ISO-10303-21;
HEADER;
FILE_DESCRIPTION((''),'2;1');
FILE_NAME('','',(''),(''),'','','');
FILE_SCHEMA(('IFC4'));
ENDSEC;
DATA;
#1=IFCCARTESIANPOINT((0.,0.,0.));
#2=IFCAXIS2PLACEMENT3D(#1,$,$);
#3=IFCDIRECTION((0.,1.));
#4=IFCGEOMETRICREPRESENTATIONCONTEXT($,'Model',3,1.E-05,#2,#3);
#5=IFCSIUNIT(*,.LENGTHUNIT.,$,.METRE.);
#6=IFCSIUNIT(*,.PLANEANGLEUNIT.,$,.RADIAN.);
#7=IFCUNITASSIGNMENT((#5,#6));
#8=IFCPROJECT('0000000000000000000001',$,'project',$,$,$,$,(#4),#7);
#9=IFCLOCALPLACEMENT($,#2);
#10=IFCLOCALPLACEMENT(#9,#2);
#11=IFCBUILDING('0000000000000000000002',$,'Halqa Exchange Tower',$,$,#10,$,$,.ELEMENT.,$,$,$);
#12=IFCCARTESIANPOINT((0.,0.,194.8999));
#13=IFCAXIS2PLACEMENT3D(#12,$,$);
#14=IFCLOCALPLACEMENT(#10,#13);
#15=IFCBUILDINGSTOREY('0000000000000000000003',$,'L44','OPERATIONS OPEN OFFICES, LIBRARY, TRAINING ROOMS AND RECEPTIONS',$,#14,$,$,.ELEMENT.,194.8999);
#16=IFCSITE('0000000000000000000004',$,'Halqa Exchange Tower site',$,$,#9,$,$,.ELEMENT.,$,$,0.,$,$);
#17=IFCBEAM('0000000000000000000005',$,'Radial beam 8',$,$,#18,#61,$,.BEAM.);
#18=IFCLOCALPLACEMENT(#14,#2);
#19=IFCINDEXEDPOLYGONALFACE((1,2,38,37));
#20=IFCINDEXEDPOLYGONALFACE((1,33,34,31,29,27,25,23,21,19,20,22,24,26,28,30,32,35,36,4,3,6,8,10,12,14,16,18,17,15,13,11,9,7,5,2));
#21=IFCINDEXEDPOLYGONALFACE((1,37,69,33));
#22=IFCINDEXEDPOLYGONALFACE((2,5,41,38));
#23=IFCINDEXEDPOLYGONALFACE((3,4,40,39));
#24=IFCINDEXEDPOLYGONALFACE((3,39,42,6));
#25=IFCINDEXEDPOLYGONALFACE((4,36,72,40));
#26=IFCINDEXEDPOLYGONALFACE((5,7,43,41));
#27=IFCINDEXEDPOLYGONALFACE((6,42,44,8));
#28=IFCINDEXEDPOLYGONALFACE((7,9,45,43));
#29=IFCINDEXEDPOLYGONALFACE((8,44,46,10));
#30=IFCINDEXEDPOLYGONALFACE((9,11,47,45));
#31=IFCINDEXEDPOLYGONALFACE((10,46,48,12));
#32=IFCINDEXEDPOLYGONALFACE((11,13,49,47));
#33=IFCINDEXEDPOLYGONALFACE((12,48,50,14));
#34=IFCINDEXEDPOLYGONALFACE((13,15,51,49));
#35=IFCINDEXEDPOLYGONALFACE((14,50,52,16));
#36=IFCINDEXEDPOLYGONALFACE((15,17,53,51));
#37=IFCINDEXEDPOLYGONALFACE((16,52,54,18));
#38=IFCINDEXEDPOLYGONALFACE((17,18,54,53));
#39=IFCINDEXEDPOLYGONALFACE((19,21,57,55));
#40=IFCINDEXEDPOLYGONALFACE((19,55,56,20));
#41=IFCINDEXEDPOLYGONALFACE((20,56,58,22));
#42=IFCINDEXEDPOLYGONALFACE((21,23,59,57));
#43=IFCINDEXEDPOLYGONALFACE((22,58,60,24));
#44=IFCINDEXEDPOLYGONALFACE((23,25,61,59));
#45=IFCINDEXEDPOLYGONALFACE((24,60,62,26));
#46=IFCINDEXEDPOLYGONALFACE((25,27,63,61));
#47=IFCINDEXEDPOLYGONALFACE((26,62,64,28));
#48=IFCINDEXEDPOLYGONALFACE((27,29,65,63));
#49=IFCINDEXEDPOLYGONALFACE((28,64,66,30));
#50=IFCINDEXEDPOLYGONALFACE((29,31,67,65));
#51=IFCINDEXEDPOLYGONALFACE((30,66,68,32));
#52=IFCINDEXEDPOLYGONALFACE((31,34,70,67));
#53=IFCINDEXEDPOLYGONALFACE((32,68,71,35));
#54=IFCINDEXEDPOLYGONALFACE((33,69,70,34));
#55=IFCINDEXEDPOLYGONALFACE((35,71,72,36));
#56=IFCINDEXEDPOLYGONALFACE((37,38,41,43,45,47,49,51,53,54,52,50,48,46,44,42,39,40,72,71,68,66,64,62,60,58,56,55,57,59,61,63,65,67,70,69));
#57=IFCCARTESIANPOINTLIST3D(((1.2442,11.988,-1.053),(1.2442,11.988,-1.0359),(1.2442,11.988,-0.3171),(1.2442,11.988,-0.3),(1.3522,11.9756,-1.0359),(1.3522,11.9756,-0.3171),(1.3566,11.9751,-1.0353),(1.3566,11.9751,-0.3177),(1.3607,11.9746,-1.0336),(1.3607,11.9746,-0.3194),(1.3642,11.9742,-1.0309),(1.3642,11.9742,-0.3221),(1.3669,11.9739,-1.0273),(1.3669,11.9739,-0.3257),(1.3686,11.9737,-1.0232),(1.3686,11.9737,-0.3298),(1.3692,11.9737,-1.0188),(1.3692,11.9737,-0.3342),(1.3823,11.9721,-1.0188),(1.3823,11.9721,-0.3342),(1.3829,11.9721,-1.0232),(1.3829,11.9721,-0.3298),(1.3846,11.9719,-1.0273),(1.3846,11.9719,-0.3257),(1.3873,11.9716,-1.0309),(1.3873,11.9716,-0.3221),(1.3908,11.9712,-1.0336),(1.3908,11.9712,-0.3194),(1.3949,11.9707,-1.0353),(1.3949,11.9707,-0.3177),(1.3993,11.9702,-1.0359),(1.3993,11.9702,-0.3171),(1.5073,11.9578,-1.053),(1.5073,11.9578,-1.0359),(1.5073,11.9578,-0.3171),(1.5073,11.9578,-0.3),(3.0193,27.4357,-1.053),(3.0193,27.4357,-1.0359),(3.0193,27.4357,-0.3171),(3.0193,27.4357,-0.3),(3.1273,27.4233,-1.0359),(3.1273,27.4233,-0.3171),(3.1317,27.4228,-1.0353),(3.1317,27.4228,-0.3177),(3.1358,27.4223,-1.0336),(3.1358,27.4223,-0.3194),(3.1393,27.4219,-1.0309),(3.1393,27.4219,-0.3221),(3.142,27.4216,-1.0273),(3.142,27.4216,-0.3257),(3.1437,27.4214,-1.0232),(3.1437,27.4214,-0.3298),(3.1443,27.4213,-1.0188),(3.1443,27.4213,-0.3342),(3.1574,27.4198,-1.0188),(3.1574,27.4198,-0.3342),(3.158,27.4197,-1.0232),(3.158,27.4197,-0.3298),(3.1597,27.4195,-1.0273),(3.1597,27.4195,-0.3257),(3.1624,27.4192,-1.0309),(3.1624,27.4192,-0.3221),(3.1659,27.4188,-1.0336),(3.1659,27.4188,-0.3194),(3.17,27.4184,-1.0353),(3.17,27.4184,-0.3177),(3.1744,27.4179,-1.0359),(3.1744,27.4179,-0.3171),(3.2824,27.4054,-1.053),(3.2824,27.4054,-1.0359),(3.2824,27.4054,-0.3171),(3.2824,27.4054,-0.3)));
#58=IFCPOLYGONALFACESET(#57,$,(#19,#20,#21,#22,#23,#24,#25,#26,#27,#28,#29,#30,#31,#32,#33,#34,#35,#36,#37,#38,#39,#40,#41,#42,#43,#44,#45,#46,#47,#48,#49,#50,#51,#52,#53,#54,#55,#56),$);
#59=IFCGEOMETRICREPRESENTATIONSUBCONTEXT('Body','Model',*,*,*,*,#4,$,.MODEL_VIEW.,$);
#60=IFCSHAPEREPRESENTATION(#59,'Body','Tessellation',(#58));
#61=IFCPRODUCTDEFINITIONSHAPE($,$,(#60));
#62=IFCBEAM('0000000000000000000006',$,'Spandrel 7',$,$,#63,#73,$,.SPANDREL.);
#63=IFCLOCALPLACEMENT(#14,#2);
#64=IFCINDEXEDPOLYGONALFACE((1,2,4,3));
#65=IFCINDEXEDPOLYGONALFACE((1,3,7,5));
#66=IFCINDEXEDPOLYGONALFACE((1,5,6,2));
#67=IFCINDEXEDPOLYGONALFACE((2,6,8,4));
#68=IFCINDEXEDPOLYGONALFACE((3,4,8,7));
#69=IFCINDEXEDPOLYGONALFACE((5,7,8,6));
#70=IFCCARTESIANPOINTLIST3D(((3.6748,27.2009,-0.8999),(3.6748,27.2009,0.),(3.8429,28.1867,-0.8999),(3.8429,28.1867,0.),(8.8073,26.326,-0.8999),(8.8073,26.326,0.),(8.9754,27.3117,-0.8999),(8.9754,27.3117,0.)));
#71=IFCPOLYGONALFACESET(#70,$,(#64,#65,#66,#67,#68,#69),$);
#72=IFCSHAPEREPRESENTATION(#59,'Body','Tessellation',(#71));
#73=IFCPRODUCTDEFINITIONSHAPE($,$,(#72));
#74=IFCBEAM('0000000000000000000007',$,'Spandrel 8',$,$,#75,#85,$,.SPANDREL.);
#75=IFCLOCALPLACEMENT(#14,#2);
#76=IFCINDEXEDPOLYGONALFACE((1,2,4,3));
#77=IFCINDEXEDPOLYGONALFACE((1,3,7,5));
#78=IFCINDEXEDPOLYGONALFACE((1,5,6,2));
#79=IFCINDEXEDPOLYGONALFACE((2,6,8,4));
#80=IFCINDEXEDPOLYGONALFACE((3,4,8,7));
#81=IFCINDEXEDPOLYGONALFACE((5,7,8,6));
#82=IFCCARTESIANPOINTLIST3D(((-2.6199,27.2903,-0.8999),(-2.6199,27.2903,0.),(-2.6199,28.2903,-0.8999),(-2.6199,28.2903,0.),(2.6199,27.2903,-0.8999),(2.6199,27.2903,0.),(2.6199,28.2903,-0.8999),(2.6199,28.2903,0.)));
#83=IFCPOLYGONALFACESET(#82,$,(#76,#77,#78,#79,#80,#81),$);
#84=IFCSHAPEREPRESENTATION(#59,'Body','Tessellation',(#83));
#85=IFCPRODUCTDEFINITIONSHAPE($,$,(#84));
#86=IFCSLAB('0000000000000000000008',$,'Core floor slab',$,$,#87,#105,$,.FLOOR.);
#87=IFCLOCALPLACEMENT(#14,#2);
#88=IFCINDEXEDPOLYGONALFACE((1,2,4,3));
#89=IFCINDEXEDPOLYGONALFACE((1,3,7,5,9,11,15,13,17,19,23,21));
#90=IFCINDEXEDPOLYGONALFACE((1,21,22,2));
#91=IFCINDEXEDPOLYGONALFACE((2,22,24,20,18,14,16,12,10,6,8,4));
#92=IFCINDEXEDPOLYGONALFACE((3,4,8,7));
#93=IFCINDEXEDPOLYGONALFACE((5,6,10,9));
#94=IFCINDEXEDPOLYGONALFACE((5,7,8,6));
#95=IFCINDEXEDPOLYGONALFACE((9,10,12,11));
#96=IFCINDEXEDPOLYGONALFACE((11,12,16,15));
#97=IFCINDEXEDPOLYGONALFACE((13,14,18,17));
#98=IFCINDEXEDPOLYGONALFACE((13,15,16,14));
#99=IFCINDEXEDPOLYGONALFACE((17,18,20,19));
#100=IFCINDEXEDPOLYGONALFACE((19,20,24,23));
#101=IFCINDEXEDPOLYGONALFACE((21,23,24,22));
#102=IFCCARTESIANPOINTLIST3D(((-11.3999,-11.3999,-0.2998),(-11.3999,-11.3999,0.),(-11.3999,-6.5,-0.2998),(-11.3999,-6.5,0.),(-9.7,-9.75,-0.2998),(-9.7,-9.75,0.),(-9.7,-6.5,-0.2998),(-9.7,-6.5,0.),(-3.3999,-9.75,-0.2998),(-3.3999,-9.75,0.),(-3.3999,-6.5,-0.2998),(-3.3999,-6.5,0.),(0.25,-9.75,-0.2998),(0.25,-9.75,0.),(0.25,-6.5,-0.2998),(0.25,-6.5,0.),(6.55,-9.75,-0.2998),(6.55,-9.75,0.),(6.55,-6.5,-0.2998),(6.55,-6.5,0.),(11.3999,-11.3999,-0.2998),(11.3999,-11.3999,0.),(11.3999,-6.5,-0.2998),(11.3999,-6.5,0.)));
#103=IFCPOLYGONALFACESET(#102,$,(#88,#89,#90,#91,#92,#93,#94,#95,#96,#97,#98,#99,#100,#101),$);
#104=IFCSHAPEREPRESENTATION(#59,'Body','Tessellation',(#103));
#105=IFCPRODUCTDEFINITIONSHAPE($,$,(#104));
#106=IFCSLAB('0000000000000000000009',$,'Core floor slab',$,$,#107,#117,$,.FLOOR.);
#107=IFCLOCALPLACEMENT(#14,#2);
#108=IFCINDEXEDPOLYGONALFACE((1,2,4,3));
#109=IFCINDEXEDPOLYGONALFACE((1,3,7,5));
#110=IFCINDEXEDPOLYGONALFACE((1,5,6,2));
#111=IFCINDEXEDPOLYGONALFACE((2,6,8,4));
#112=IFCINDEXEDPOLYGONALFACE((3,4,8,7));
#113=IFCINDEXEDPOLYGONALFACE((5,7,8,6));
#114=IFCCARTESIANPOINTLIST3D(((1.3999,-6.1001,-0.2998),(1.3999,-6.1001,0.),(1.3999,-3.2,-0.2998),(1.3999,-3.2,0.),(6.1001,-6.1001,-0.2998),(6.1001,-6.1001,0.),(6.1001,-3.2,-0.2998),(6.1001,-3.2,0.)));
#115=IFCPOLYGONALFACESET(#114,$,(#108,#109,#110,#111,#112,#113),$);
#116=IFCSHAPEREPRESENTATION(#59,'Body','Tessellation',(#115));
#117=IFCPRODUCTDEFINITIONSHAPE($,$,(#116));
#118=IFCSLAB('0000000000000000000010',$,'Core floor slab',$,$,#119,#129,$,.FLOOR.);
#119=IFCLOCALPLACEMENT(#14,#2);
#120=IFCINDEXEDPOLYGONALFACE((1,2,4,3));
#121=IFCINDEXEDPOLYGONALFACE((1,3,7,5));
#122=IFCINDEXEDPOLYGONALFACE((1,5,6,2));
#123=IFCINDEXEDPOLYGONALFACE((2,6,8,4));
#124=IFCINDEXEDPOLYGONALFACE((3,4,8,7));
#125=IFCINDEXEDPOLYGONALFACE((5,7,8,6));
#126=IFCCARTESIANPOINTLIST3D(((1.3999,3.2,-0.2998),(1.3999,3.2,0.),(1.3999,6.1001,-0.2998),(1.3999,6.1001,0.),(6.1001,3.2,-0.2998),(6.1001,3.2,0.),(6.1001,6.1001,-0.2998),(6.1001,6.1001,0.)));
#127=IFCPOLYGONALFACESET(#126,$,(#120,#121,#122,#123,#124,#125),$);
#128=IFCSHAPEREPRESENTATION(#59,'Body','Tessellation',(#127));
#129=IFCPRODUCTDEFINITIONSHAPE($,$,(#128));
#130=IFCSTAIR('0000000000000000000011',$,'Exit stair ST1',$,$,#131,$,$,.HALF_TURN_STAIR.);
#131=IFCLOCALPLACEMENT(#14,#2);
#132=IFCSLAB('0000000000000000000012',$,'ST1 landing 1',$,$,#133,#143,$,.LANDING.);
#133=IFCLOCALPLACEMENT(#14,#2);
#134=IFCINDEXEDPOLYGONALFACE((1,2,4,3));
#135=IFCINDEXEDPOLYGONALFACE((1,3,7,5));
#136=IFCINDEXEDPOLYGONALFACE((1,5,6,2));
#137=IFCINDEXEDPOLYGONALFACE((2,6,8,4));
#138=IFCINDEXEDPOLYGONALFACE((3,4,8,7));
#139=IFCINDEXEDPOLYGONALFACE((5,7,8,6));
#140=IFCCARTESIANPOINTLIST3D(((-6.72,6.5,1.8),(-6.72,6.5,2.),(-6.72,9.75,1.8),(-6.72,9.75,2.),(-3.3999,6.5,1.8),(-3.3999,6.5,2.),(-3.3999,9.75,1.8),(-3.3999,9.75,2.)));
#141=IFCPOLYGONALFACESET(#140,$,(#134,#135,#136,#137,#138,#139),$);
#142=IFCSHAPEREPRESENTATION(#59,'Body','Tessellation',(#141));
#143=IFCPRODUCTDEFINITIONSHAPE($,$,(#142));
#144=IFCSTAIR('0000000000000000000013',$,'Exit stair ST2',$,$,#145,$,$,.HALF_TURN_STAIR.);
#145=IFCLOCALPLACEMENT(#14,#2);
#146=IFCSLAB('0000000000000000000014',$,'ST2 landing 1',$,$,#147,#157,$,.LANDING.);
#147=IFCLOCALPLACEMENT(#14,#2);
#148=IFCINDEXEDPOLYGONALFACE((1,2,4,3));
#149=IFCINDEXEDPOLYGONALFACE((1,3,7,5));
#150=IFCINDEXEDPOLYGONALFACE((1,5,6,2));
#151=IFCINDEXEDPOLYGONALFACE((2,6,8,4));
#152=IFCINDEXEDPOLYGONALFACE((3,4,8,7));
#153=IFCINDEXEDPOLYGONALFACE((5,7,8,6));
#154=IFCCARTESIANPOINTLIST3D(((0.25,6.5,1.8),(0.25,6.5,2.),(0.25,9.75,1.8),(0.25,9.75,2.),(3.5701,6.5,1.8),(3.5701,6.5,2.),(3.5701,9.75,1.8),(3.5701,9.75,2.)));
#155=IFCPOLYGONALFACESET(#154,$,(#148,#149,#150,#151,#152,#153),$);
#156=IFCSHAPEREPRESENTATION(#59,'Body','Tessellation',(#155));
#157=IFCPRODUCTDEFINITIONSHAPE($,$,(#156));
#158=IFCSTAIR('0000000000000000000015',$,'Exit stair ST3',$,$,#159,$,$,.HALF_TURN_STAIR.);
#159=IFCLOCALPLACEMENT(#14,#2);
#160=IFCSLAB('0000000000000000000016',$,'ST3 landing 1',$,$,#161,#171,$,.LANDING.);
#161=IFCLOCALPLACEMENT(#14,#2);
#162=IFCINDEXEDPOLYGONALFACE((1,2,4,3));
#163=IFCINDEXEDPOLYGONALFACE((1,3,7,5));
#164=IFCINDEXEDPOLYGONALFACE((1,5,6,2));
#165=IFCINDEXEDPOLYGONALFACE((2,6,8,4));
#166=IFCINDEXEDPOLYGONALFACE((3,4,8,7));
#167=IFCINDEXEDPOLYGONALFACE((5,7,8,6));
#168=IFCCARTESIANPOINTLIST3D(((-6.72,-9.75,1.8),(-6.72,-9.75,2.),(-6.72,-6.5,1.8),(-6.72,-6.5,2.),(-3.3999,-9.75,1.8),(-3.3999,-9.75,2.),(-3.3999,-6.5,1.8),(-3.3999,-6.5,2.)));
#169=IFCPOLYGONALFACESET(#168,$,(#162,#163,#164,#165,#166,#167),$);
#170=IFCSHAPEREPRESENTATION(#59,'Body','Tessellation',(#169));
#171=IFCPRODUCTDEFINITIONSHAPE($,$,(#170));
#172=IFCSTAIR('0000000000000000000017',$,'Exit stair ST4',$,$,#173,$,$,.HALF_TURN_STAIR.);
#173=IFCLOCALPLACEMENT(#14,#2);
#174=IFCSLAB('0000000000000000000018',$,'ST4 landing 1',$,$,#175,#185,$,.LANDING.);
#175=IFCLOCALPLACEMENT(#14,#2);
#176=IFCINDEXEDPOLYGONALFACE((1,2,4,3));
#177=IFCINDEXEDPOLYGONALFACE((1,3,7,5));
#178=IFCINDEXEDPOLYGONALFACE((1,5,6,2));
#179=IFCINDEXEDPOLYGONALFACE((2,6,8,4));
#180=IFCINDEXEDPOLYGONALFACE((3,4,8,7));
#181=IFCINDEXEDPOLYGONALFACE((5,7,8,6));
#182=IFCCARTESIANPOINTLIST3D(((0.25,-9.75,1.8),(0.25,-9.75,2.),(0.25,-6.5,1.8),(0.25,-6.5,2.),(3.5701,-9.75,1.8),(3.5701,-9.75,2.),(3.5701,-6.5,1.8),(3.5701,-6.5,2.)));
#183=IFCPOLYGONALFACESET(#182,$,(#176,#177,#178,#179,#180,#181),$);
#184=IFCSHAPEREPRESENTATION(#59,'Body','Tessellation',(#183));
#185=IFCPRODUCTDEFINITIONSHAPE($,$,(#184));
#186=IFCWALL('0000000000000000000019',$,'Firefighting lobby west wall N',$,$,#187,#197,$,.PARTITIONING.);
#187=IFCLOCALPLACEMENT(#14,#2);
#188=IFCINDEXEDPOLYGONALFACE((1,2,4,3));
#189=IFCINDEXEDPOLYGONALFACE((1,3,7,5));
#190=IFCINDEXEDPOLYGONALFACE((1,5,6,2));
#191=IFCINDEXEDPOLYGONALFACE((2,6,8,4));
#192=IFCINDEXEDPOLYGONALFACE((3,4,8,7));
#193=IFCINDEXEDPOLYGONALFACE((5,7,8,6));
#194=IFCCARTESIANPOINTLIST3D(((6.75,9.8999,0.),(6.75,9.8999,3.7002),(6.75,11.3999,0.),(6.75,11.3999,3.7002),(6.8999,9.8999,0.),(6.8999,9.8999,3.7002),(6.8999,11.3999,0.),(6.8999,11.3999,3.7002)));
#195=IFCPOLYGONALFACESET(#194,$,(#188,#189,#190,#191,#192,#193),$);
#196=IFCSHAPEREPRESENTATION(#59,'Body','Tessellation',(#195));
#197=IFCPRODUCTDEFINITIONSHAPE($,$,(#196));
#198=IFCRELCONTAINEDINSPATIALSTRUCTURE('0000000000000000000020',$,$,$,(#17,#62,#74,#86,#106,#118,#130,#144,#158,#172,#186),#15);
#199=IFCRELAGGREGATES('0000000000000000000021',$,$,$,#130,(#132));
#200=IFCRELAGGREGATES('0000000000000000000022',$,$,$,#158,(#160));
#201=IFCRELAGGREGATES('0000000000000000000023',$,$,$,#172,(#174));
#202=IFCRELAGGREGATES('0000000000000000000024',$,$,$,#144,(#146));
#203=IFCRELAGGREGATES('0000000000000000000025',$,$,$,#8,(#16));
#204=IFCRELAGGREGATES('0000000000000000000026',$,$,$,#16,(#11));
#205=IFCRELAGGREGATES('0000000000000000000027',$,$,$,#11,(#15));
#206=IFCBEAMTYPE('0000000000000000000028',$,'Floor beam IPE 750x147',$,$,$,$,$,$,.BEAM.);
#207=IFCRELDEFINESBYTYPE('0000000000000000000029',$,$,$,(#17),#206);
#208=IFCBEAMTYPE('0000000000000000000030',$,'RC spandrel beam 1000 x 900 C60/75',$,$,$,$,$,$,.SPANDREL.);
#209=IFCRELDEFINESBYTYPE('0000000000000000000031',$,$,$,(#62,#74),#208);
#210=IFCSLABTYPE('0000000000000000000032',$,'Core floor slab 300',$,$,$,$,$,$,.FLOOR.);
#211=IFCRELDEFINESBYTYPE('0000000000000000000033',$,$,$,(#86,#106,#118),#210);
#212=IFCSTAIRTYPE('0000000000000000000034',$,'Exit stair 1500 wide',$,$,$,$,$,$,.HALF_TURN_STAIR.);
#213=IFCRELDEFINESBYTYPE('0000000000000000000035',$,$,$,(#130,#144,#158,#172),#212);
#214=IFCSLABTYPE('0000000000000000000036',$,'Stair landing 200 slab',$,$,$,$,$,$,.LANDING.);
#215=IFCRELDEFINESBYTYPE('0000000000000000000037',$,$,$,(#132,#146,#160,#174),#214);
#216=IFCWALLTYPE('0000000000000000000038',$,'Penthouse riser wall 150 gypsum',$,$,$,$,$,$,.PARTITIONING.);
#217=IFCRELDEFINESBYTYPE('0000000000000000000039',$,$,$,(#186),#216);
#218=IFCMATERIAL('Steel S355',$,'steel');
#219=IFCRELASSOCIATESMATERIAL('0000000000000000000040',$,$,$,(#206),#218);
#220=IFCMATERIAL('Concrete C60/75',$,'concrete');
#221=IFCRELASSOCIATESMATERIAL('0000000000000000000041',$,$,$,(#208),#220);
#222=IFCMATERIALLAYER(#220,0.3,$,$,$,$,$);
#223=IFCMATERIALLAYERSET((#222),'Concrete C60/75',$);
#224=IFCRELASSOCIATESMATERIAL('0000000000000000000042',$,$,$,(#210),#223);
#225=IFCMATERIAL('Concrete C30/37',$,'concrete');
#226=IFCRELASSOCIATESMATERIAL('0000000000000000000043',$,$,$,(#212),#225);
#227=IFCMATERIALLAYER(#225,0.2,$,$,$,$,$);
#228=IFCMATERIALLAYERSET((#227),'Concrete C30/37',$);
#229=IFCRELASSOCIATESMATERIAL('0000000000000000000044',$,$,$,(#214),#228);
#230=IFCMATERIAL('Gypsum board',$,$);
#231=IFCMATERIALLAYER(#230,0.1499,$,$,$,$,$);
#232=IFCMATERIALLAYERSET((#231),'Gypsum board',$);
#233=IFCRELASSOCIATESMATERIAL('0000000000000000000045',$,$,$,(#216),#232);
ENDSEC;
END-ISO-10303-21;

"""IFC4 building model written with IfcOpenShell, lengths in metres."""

from ifc_helpers import new_model, si_unit, direction, frame, frame_2d, origin, origin_2d, place, context, subcontext, project, spatial, polyline, rectangle, i_section, outline, extrude, material, layer, layer_set, material_profile, profile_set, type_object, element, aggregate, save


model = new_model("IFC4")

# Units and contexts
model_context = context("Model", 3, precision=1e-05, world=origin(), true_north=direction((0.0, 1.0)))
body_context = subcontext(model_context, "Body", "Model", "MODEL_VIEW")
ifc_project = project(units=[si_unit("LENGTHUNIT", "METRE"), si_unit("PLANEANGLEUNIT", "RADIAN")], contexts=[model_context])

# Site, building, storey
site_placement = place(None, origin())
site = spatial("IfcSite", under=ifc_project, at=site_placement, Name="Halqa Exchange Tower site", CompositionType="ELEMENT", RefElevation=0.0)
building_placement = place(site_placement, origin())
building = spatial("IfcBuilding", under=site, at=building_placement, Name="Halqa Exchange Tower", CompositionType="ELEMENT")
storey_placement = place(building_placement, frame((0.0, 0.0, 194.8999)))
storey = spatial("IfcBuildingStorey", under=building, at=storey_placement, Name="L44", Description="OPERATIONS OPEN OFFICES, LIBRARY, TRAINING ROOMS AND RECEPTIONS", CompositionType="ELEMENT", Elevation=194.8999)

# Shared definitions
ifc_material_1 = material(Name="Concrete C60/75", Category="concrete")

# Beams
ifc_material_2 = material(Name="Steel S355", Category="steel")
ifc_material_profile_1 = material_profile(ifc_material_2, i_section(OverallWidth=0.2649, OverallDepth=0.7529, WebThickness=0.0132, FlangeThickness=0.0171, FilletRadius=0.0171, at=origin_2d()), Name="IPE 750x147")
ifc_profile_set_1 = profile_set([ifc_material_profile_1], Name="Steel S355")
beam_type_1 = type_object("IfcBeamType", Name="Floor beam IPE 750x147", PredefinedType="BEAM", material=ifc_profile_set_1)
beam_1_placement = place(storey_placement, frame((1.3757, 11.9729, -0.6765), z_axis=(0.114162, 0.993462, 0.0), x_axis=(-0.993462, 0.114162, 0.0)))
element("IfcBeam", 1, at=beam_1_placement, inside=storey, type_object=beam_type_1, Name="Radial beam 8", PredefinedType="BEAM", context=body_context, shape_type="SweptSolid", body=[
    extrude(i_section(OverallWidth=0.2649, OverallDepth=0.7529, WebThickness=0.0132, FlangeThickness=0.0171, FilletRadius=0.0171, at=origin_2d()), origin(), (0.0, 0.0, 1.0), 15.5493),
])
ifc_material_profile_2 = material_profile(ifc_material_1, rectangle(XDim=1.0, YDim=0.8999, at=origin_2d()), Name="1000 x 900")
ifc_profile_set_2 = profile_set([ifc_material_profile_2], Name="Concrete C60/75")
beam_type_2 = type_object("IfcBeamType", Name="RC spandrel beam 1000 x 900 C60/75", PredefinedType="SPANDREL", material=ifc_profile_set_2)
beam_2_placement = place(storey_placement, frame((8.8914, 26.8188, -0.45), z_axis=(-0.985778, 0.168055, 0.0), x_axis=(-0.168055, -0.985778, 0.0)))
element("IfcBeam", 2, at=beam_2_placement, inside=storey, type_object=beam_type_2, Name="Spandrel 7", PredefinedType="SPANDREL", context=body_context, shape_type="SweptSolid", body=[
    extrude(rectangle(XDim=1.0, YDim=0.8999, at=origin_2d()), origin(), (0.0, 0.0, 1.0), 5.2065),
])
beam_3_placement = place(storey_placement, frame((2.6199, 27.7903, -0.45), z_axis=(-1.0, 0.0, 0.0), x_axis=(0.0, -1.0, 0.0)))
element("IfcBeam", 3, at=beam_3_placement, inside=storey, type_object=beam_type_2, Name="Spandrel 8", PredefinedType="SPANDREL", context=body_context, shape_type="SweptSolid", body=[
    extrude(rectangle(XDim=1.0, YDim=0.8999, at=origin_2d()), origin(), (0.0, 0.0, 1.0), 5.2397),
])

# Slabs
ifc_layer_1 = layer(ifc_material_1, 0.3)
ifc_layer_set_1 = layer_set([ifc_layer_1], Name="Concrete C60/75")
slab_type_1 = type_object("IfcSlabType", Name="Core floor slab 300", PredefinedType="FLOOR", material=ifc_layer_set_1)
slab_1_placement = place(storey_placement, frame((0.0, 0.0, -0.2998)))
element("IfcSlab", 4, at=slab_1_placement, inside=storey, type_object=slab_type_1, Name="Core floor slab", PredefinedType="FLOOR", context=body_context, shape_type="SweptSolid", body=[
    extrude(outline(polyline([(-9.7, -9.75), (-3.3999, -9.75), (-3.3999, -6.5), (0.25, -6.5), (0.25, -9.75), (6.55, -9.75), (6.55, -6.5), (11.3999, -6.5), (11.3999, -11.3999), (-11.3999, -11.3999), (-11.3999, -6.5), (-9.7, -6.5), (-9.7, -9.75)])), origin(), (0.0, 0.0, 1.0), 0.2998),
])
slab_2_placement = place(storey_placement, frame((0.0, 0.0, -0.2998)))
element("IfcSlab", 5, at=slab_2_placement, inside=storey, type_object=slab_type_1, Name="Core floor slab", PredefinedType="FLOOR", context=body_context, shape_type="SweptSolid", body=[
    extrude(outline(polyline([(6.1001, -3.2), (6.1001, -6.1001), (1.3999, -6.1001), (1.3999, -3.2), (6.1001, -3.2)])), origin(), (0.0, 0.0, 1.0), 0.2998),
])
slab_3_placement = place(storey_placement, frame((0.0, 0.0, -0.2998)))
element("IfcSlab", 6, at=slab_3_placement, inside=storey, type_object=slab_type_1, Name="Core floor slab", PredefinedType="FLOOR", context=body_context, shape_type="SweptSolid", body=[
    extrude(outline(polyline([(6.1001, 6.1001), (6.1001, 3.2), (1.3999, 3.2), (1.3999, 6.1001), (6.1001, 6.1001)])), origin(), (0.0, 0.0, 1.0), 0.2998),
])

# Stairs, slabs
ifc_material_3 = material(Name="Concrete C30/37", Category="concrete")
stair_type = type_object("IfcStairType", Name="Exit stair 1500 wide", PredefinedType="HALF_TURN_STAIR", material=ifc_material_3)
stair_1_placement = place(storey_placement, origin())
stair_1 = element("IfcStair", 7, at=stair_1_placement, inside=storey, type_object=stair_type, Name="Exit stair ST1", PredefinedType="HALF_TURN_STAIR")
ifc_layer_2 = layer(ifc_material_3, 0.2)
ifc_layer_set_2 = layer_set([ifc_layer_2], Name="Concrete C30/37")
slab_type_2 = type_object("IfcSlabType", Name="Stair landing 200 slab", PredefinedType="LANDING", material=ifc_layer_set_2)
slab_4_placement = place(storey_placement, frame((0.0, 0.0, 1.8)))
slab_4 = element("IfcSlab", 8, at=slab_4_placement, type_object=slab_type_2, Name="ST1 landing 1", PredefinedType="LANDING", context=body_context, shape_type="SweptSolid", body=[
    extrude(outline(polyline([(-6.72, 6.5), (-3.3999, 6.5), (-3.3999, 9.75), (-6.72, 9.75), (-6.72, 6.5)])), origin(), (0.0, 0.0, 1.0), 0.2),
])
aggregate(stair_1, [slab_4])
stair_2_placement = place(storey_placement, origin())
stair_2 = element("IfcStair", 9, at=stair_2_placement, inside=storey, type_object=stair_type, Name="Exit stair ST2", PredefinedType="HALF_TURN_STAIR")
slab_5_placement = place(storey_placement, frame((0.0, 0.0, 1.8)))
slab_5 = element("IfcSlab", 10, at=slab_5_placement, type_object=slab_type_2, Name="ST2 landing 1", PredefinedType="LANDING", context=body_context, shape_type="SweptSolid", body=[
    extrude(outline(polyline([(0.25, 6.5), (3.5701, 6.5), (3.5701, 9.75), (0.25, 9.75), (0.25, 6.5)])), origin(), (0.0, 0.0, 1.0), 0.2),
])
stair_3_placement = place(storey_placement, origin())
stair_3 = element("IfcStair", 11, at=stair_3_placement, inside=storey, type_object=stair_type, Name="Exit stair ST3", PredefinedType="HALF_TURN_STAIR")
slab_6_placement = place(storey_placement, frame((0.0, 0.0, 1.8)))
slab_6 = element("IfcSlab", 12, at=slab_6_placement, type_object=slab_type_2, Name="ST3 landing 1", PredefinedType="LANDING", context=body_context, shape_type="SweptSolid", body=[
    extrude(outline(polyline([(-6.72, -9.75), (-3.3999, -9.75), (-3.3999, -6.5), (-6.72, -6.5), (-6.72, -9.75)])), origin(), (0.0, 0.0, 1.0), 0.2),
])
aggregate(stair_3, [slab_6])
stair_4_placement = place(storey_placement, origin())
stair_4 = element("IfcStair", 13, at=stair_4_placement, inside=storey, type_object=stair_type, Name="Exit stair ST4", PredefinedType="HALF_TURN_STAIR")
slab_7_placement = place(storey_placement, frame((0.0, 0.0, 1.8)))
slab_7 = element("IfcSlab", 14, at=slab_7_placement, type_object=slab_type_2, Name="ST4 landing 1", PredefinedType="LANDING", context=body_context, shape_type="SweptSolid", body=[
    extrude(outline(polyline([(0.25, -9.75), (3.5701, -9.75), (3.5701, -6.5), (0.25, -6.5), (0.25, -9.75)])), origin(), (0.0, 0.0, 1.0), 0.2),
])
aggregate(stair_4, [slab_7])

# Wall
ifc_material_4 = material(Name="Gypsum board")
ifc_layer_3 = layer(ifc_material_4, 0.1499)
ifc_layer_set_3 = layer_set([ifc_layer_3], Name="Gypsum board")
wall_type_1 = type_object("IfcWallType", Name="Penthouse riser wall 150 gypsum", PredefinedType="PARTITIONING", material=ifc_layer_set_3)
wall_1_placement = place(storey_placement, frame((6.825, 9.8999, 0.0), z_axis=(0.0, 0.0, 1.0), x_axis=(0.0, 1.0, 0.0)))
element("IfcWall", 15, at=wall_1_placement, inside=storey, type_object=wall_type_1, Name="Firefighting lobby west wall N", PredefinedType="PARTITIONING", context=body_context, shape_type="SweptSolid", body=[
    extrude(rectangle(XDim=1.5, YDim=0.1499, at=frame_2d((0.75, 0.0))), origin(), (0.0, 0.0, 1.0), 3.7002),
])

aggregate(stair_2, [slab_5])

save(model, "model.ifc")
